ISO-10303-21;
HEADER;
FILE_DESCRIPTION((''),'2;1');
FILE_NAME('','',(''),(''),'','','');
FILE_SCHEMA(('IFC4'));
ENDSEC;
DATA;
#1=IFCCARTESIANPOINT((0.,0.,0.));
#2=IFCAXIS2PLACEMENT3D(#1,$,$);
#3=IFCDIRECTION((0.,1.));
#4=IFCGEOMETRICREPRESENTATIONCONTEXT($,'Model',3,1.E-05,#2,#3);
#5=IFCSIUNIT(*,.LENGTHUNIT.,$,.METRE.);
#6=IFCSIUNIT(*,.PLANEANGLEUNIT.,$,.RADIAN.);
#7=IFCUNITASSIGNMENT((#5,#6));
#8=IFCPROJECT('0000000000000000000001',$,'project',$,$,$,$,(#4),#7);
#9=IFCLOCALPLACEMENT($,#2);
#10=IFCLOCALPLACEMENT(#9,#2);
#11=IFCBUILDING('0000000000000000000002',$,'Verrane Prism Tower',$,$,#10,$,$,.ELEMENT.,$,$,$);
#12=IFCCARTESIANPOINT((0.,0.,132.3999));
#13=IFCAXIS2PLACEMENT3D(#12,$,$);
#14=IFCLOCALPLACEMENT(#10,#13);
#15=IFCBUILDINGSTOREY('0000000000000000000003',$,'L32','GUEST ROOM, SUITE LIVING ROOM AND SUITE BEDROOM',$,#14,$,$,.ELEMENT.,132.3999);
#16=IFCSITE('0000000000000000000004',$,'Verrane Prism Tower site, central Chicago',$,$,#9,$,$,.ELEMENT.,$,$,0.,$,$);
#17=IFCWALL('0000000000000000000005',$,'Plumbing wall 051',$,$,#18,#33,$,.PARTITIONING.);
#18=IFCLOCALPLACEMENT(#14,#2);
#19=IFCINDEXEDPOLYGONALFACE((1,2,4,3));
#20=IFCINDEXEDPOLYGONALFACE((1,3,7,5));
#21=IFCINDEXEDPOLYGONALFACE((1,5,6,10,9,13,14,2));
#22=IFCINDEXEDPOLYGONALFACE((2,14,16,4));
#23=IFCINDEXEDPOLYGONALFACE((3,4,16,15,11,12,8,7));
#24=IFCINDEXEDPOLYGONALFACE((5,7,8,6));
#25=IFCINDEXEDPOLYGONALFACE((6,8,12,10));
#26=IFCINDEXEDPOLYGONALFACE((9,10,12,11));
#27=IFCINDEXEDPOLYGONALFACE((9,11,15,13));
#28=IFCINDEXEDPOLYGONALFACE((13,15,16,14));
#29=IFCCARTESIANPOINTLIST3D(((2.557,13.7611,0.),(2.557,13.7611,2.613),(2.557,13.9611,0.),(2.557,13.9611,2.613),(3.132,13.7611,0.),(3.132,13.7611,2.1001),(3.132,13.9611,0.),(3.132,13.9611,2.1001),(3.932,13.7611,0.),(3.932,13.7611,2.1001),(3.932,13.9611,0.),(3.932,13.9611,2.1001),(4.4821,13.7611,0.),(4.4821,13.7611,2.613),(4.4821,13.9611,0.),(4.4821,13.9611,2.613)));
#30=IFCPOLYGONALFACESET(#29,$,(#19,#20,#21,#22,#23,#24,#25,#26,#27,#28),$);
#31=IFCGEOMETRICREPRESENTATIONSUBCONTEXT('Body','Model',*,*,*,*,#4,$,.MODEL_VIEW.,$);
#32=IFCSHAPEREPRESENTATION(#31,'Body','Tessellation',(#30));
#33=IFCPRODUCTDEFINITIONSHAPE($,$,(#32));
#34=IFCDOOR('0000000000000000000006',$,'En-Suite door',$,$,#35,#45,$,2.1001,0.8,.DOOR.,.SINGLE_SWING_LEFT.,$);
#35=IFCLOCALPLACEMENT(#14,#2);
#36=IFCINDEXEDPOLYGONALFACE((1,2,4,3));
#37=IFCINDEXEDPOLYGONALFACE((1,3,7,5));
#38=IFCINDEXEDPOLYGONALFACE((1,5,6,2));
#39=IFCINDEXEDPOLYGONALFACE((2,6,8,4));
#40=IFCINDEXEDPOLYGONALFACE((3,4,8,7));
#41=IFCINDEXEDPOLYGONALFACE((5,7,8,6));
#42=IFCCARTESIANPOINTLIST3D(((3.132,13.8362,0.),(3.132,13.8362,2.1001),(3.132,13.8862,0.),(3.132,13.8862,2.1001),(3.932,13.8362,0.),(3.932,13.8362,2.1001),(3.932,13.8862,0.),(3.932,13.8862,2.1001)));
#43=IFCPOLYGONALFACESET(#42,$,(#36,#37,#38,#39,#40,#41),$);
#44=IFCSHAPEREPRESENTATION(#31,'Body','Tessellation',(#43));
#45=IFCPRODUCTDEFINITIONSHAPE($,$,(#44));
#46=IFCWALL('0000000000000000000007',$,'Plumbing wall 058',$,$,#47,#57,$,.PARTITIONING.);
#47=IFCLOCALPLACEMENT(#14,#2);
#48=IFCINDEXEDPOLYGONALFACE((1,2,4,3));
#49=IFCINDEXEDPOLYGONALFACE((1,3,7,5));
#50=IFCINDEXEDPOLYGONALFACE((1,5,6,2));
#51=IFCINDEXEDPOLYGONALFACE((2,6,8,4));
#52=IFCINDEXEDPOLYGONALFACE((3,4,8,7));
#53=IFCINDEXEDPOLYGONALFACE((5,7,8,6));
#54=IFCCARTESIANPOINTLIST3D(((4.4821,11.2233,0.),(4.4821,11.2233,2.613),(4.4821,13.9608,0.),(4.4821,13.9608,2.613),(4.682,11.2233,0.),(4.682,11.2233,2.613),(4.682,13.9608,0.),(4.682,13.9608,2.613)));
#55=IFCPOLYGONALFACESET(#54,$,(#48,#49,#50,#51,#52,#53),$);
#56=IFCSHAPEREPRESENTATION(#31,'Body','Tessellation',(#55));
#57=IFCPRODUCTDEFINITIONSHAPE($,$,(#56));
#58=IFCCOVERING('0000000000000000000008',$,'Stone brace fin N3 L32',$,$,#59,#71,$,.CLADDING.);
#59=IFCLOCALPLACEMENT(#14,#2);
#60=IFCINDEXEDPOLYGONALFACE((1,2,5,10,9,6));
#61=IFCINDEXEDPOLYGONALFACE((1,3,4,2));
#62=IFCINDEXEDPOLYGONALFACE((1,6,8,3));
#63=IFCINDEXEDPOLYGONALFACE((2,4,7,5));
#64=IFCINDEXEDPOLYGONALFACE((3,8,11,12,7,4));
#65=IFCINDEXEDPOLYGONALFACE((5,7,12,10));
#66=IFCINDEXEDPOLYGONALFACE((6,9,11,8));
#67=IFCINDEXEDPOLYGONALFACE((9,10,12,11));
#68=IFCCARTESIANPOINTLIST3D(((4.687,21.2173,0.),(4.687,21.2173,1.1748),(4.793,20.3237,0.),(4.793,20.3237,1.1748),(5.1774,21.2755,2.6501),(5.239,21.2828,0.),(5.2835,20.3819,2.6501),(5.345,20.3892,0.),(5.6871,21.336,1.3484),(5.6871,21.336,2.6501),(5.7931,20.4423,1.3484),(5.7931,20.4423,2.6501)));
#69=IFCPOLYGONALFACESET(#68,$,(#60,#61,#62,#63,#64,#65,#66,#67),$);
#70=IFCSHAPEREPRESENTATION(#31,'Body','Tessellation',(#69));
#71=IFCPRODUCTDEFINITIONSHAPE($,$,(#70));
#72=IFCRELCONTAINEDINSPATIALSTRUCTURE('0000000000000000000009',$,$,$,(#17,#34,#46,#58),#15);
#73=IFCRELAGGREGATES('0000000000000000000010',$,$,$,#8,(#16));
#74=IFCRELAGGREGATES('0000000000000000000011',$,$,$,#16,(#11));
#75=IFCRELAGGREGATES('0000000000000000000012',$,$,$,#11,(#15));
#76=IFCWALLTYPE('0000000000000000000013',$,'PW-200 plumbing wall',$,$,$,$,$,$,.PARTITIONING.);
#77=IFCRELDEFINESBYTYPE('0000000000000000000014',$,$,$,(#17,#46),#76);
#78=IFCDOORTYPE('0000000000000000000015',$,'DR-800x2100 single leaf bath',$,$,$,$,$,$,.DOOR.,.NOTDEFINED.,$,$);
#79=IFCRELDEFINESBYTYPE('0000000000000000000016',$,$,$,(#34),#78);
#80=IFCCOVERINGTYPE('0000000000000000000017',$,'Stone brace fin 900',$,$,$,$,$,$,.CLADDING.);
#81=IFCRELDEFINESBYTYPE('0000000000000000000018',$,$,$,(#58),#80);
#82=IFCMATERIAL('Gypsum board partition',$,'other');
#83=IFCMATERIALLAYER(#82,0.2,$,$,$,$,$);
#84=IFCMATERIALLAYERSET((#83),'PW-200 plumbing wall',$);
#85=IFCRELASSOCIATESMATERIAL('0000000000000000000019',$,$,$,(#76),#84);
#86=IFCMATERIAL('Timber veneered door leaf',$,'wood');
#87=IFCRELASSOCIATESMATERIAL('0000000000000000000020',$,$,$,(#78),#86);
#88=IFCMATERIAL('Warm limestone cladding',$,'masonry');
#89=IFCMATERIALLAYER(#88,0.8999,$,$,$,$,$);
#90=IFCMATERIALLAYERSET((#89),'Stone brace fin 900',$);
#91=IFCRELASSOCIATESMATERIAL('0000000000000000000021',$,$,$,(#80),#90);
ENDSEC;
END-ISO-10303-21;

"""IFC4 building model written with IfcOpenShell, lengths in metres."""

from ifc_helpers import new_model, si_unit, direction, frame, frame_2d, origin, place, context, subcontext, project, spatial, polyline, rectangle, outline, extrude, material, layer, layer_set, type_object, element, fill, save


model = new_model("IFC4")

# Units and contexts
model_context = context("Model", 3, precision=1e-05, world=origin(), true_north=direction((0.0, 1.0)))
body_context = subcontext(model_context, "Body", "Model", "MODEL_VIEW")
ifc_project = project(units=[si_unit("LENGTHUNIT", "METRE"), si_unit("PLANEANGLEUNIT", "RADIAN")], contexts=[model_context])

# Site, building, storey
site_placement = place(None, origin())
site = spatial("IfcSite", under=ifc_project, at=site_placement, Name="Verrane Prism Tower site, central Chicago", CompositionType="ELEMENT", RefElevation=0.0)
building_placement = place(site_placement, origin())
building = spatial("IfcBuilding", under=site, at=building_placement, Name="Verrane Prism Tower", CompositionType="ELEMENT")
storey_placement = place(building_placement, frame((0.0, 0.0, 132.3999)))
storey = spatial("IfcBuildingStorey", under=building, at=storey_placement, Name="L32", Description="GUEST ROOM, SUITE LIVING ROOM AND SUITE BEDROOM", CompositionType="ELEMENT", Elevation=132.3999)

# Shared definitions
ifc_material_1 = material(Name="Gypsum board partition", Category="other")
ifc_layer_1 = layer(ifc_material_1, 0.2)
ifc_layer_set_1 = layer_set([ifc_layer_1], Name="PW-200 plumbing wall")
wall_type_1 = type_object("IfcWallType", Name="PW-200 plumbing wall", PredefinedType="PARTITIONING", material=ifc_layer_set_1)

# Wall, opening, door
ifc_material_2 = material(Name="Timber veneered door leaf", Category="wood")
door_type = type_object("IfcDoorType", Name="DR-800x2100 single leaf bath", OperationType="NOTDEFINED", PredefinedType="DOOR", material=ifc_material_2)
wall_1_placement = place(storey_placement, frame((4.4819, 13.8611, 0.0), z_axis=(0.0, 0.0, 1.0), x_axis=(-1.0, 0.0, 0.0)))
wall_1 = element("IfcWall", 1, at=wall_1_placement, inside=storey, type_object=wall_type_1, Name="Plumbing wall 051", PredefinedType="PARTITIONING", context=body_context, shape_type="SweptSolid", body=[
    extrude(rectangle(XDim=1.925, YDim=0.2, at=frame_2d((0.9624, 0.0))), origin(), (0.0, 0.0, 1.0), 2.613),
])
opening_1_placement = place(wall_1_placement, frame((0.55, 0.0, 0.0)))
opening_1 = element("IfcOpeningElement", 2, at=opening_1_placement, cuts=wall_1, PredefinedType="OPENING", context=body_context, shape_type="SweptSolid", body=[
    extrude(rectangle(XDim=0.8, YDim=2.1001, at=frame_2d((0.3999, 1.05))), frame((0.0, 0.1099, 0.0), z_axis=(0.0, -1.0, 0.0), x_axis=(1.0, 0.0, 0.0)), (0.0, 0.0, 1.0), 0.22),
])
door_1_placement = place(opening_1_placement, origin())
door_1 = element("IfcDoor", 3, at=door_1_placement, inside=storey, type_object=door_type, Name="En-Suite door", OperationType="SINGLE_SWING_LEFT", OverallHeight=2.1001, OverallWidth=0.8, PredefinedType="DOOR", context=body_context, shape_type="SweptSolid", body=[
    extrude(rectangle(XDim=0.8, YDim=2.1001, at=frame_2d((0.3999, 1.05))), frame((0.0, 0.0249, 0.0), z_axis=(0.0, -1.0, 0.0), x_axis=(1.0, 0.0, 0.0)), (0.0, 0.0, 1.0), 0.05),
])
fill(opening_1, door_1)

# Wall
wall_2_placement = place(storey_placement, frame((4.582, 11.2234, 0.0), z_axis=(0.0, 0.0, 1.0), x_axis=(0.0, 1.0, 0.0)))
element("IfcWall", 4, at=wall_2_placement, inside=storey, type_object=wall_type_1, Name="Plumbing wall 058", PredefinedType="PARTITIONING", context=body_context, shape_type="SweptSolid", body=[
    extrude(rectangle(XDim=2.7375, YDim=0.2, at=frame_2d((1.3687, 0.0))), origin(), (0.0, 0.0, 1.0), 2.613),
])

# Covering
ifc_material_3 = material(Name="Warm limestone cladding", Category="masonry")
ifc_layer_2 = layer(ifc_material_3, 0.8999)
ifc_layer_set_2 = layer_set([ifc_layer_2], Name="Stone brace fin 900")
covering_type = type_object("IfcCoveringType", Name="Stone brace fin 900", PredefinedType="CLADDING", material=ifc_layer_set_2)
covering_placement = place(storey_placement, frame((4.74, 20.7705, 0.0), z_axis=(0.0, 0.0, 1.0), x_axis=(0.993038, 0.117797, 0.0)))
element("IfcCovering", 5, at=covering_placement, inside=storey, type_object=covering_type, Name="Stone brace fin N3 L32", PredefinedType="CLADDING", context=body_context, shape_type="SweptSolid", body=[
    extrude(outline(polyline([(1.0071, 2.6501), (0.4939, 2.6501), (0.0, 1.1748), (0.0, 0.0), (0.5559, 0.0), (1.0071, 1.3484), (1.0071, 2.6501)])), frame((0.0, 0.45, 0.0), z_axis=(0.0, -1.0, 0.0), x_axis=(1.0, 0.0, 0.0)), (0.0, 0.0, 1.0), 0.8999),
])

save(model, "model.ifc")
